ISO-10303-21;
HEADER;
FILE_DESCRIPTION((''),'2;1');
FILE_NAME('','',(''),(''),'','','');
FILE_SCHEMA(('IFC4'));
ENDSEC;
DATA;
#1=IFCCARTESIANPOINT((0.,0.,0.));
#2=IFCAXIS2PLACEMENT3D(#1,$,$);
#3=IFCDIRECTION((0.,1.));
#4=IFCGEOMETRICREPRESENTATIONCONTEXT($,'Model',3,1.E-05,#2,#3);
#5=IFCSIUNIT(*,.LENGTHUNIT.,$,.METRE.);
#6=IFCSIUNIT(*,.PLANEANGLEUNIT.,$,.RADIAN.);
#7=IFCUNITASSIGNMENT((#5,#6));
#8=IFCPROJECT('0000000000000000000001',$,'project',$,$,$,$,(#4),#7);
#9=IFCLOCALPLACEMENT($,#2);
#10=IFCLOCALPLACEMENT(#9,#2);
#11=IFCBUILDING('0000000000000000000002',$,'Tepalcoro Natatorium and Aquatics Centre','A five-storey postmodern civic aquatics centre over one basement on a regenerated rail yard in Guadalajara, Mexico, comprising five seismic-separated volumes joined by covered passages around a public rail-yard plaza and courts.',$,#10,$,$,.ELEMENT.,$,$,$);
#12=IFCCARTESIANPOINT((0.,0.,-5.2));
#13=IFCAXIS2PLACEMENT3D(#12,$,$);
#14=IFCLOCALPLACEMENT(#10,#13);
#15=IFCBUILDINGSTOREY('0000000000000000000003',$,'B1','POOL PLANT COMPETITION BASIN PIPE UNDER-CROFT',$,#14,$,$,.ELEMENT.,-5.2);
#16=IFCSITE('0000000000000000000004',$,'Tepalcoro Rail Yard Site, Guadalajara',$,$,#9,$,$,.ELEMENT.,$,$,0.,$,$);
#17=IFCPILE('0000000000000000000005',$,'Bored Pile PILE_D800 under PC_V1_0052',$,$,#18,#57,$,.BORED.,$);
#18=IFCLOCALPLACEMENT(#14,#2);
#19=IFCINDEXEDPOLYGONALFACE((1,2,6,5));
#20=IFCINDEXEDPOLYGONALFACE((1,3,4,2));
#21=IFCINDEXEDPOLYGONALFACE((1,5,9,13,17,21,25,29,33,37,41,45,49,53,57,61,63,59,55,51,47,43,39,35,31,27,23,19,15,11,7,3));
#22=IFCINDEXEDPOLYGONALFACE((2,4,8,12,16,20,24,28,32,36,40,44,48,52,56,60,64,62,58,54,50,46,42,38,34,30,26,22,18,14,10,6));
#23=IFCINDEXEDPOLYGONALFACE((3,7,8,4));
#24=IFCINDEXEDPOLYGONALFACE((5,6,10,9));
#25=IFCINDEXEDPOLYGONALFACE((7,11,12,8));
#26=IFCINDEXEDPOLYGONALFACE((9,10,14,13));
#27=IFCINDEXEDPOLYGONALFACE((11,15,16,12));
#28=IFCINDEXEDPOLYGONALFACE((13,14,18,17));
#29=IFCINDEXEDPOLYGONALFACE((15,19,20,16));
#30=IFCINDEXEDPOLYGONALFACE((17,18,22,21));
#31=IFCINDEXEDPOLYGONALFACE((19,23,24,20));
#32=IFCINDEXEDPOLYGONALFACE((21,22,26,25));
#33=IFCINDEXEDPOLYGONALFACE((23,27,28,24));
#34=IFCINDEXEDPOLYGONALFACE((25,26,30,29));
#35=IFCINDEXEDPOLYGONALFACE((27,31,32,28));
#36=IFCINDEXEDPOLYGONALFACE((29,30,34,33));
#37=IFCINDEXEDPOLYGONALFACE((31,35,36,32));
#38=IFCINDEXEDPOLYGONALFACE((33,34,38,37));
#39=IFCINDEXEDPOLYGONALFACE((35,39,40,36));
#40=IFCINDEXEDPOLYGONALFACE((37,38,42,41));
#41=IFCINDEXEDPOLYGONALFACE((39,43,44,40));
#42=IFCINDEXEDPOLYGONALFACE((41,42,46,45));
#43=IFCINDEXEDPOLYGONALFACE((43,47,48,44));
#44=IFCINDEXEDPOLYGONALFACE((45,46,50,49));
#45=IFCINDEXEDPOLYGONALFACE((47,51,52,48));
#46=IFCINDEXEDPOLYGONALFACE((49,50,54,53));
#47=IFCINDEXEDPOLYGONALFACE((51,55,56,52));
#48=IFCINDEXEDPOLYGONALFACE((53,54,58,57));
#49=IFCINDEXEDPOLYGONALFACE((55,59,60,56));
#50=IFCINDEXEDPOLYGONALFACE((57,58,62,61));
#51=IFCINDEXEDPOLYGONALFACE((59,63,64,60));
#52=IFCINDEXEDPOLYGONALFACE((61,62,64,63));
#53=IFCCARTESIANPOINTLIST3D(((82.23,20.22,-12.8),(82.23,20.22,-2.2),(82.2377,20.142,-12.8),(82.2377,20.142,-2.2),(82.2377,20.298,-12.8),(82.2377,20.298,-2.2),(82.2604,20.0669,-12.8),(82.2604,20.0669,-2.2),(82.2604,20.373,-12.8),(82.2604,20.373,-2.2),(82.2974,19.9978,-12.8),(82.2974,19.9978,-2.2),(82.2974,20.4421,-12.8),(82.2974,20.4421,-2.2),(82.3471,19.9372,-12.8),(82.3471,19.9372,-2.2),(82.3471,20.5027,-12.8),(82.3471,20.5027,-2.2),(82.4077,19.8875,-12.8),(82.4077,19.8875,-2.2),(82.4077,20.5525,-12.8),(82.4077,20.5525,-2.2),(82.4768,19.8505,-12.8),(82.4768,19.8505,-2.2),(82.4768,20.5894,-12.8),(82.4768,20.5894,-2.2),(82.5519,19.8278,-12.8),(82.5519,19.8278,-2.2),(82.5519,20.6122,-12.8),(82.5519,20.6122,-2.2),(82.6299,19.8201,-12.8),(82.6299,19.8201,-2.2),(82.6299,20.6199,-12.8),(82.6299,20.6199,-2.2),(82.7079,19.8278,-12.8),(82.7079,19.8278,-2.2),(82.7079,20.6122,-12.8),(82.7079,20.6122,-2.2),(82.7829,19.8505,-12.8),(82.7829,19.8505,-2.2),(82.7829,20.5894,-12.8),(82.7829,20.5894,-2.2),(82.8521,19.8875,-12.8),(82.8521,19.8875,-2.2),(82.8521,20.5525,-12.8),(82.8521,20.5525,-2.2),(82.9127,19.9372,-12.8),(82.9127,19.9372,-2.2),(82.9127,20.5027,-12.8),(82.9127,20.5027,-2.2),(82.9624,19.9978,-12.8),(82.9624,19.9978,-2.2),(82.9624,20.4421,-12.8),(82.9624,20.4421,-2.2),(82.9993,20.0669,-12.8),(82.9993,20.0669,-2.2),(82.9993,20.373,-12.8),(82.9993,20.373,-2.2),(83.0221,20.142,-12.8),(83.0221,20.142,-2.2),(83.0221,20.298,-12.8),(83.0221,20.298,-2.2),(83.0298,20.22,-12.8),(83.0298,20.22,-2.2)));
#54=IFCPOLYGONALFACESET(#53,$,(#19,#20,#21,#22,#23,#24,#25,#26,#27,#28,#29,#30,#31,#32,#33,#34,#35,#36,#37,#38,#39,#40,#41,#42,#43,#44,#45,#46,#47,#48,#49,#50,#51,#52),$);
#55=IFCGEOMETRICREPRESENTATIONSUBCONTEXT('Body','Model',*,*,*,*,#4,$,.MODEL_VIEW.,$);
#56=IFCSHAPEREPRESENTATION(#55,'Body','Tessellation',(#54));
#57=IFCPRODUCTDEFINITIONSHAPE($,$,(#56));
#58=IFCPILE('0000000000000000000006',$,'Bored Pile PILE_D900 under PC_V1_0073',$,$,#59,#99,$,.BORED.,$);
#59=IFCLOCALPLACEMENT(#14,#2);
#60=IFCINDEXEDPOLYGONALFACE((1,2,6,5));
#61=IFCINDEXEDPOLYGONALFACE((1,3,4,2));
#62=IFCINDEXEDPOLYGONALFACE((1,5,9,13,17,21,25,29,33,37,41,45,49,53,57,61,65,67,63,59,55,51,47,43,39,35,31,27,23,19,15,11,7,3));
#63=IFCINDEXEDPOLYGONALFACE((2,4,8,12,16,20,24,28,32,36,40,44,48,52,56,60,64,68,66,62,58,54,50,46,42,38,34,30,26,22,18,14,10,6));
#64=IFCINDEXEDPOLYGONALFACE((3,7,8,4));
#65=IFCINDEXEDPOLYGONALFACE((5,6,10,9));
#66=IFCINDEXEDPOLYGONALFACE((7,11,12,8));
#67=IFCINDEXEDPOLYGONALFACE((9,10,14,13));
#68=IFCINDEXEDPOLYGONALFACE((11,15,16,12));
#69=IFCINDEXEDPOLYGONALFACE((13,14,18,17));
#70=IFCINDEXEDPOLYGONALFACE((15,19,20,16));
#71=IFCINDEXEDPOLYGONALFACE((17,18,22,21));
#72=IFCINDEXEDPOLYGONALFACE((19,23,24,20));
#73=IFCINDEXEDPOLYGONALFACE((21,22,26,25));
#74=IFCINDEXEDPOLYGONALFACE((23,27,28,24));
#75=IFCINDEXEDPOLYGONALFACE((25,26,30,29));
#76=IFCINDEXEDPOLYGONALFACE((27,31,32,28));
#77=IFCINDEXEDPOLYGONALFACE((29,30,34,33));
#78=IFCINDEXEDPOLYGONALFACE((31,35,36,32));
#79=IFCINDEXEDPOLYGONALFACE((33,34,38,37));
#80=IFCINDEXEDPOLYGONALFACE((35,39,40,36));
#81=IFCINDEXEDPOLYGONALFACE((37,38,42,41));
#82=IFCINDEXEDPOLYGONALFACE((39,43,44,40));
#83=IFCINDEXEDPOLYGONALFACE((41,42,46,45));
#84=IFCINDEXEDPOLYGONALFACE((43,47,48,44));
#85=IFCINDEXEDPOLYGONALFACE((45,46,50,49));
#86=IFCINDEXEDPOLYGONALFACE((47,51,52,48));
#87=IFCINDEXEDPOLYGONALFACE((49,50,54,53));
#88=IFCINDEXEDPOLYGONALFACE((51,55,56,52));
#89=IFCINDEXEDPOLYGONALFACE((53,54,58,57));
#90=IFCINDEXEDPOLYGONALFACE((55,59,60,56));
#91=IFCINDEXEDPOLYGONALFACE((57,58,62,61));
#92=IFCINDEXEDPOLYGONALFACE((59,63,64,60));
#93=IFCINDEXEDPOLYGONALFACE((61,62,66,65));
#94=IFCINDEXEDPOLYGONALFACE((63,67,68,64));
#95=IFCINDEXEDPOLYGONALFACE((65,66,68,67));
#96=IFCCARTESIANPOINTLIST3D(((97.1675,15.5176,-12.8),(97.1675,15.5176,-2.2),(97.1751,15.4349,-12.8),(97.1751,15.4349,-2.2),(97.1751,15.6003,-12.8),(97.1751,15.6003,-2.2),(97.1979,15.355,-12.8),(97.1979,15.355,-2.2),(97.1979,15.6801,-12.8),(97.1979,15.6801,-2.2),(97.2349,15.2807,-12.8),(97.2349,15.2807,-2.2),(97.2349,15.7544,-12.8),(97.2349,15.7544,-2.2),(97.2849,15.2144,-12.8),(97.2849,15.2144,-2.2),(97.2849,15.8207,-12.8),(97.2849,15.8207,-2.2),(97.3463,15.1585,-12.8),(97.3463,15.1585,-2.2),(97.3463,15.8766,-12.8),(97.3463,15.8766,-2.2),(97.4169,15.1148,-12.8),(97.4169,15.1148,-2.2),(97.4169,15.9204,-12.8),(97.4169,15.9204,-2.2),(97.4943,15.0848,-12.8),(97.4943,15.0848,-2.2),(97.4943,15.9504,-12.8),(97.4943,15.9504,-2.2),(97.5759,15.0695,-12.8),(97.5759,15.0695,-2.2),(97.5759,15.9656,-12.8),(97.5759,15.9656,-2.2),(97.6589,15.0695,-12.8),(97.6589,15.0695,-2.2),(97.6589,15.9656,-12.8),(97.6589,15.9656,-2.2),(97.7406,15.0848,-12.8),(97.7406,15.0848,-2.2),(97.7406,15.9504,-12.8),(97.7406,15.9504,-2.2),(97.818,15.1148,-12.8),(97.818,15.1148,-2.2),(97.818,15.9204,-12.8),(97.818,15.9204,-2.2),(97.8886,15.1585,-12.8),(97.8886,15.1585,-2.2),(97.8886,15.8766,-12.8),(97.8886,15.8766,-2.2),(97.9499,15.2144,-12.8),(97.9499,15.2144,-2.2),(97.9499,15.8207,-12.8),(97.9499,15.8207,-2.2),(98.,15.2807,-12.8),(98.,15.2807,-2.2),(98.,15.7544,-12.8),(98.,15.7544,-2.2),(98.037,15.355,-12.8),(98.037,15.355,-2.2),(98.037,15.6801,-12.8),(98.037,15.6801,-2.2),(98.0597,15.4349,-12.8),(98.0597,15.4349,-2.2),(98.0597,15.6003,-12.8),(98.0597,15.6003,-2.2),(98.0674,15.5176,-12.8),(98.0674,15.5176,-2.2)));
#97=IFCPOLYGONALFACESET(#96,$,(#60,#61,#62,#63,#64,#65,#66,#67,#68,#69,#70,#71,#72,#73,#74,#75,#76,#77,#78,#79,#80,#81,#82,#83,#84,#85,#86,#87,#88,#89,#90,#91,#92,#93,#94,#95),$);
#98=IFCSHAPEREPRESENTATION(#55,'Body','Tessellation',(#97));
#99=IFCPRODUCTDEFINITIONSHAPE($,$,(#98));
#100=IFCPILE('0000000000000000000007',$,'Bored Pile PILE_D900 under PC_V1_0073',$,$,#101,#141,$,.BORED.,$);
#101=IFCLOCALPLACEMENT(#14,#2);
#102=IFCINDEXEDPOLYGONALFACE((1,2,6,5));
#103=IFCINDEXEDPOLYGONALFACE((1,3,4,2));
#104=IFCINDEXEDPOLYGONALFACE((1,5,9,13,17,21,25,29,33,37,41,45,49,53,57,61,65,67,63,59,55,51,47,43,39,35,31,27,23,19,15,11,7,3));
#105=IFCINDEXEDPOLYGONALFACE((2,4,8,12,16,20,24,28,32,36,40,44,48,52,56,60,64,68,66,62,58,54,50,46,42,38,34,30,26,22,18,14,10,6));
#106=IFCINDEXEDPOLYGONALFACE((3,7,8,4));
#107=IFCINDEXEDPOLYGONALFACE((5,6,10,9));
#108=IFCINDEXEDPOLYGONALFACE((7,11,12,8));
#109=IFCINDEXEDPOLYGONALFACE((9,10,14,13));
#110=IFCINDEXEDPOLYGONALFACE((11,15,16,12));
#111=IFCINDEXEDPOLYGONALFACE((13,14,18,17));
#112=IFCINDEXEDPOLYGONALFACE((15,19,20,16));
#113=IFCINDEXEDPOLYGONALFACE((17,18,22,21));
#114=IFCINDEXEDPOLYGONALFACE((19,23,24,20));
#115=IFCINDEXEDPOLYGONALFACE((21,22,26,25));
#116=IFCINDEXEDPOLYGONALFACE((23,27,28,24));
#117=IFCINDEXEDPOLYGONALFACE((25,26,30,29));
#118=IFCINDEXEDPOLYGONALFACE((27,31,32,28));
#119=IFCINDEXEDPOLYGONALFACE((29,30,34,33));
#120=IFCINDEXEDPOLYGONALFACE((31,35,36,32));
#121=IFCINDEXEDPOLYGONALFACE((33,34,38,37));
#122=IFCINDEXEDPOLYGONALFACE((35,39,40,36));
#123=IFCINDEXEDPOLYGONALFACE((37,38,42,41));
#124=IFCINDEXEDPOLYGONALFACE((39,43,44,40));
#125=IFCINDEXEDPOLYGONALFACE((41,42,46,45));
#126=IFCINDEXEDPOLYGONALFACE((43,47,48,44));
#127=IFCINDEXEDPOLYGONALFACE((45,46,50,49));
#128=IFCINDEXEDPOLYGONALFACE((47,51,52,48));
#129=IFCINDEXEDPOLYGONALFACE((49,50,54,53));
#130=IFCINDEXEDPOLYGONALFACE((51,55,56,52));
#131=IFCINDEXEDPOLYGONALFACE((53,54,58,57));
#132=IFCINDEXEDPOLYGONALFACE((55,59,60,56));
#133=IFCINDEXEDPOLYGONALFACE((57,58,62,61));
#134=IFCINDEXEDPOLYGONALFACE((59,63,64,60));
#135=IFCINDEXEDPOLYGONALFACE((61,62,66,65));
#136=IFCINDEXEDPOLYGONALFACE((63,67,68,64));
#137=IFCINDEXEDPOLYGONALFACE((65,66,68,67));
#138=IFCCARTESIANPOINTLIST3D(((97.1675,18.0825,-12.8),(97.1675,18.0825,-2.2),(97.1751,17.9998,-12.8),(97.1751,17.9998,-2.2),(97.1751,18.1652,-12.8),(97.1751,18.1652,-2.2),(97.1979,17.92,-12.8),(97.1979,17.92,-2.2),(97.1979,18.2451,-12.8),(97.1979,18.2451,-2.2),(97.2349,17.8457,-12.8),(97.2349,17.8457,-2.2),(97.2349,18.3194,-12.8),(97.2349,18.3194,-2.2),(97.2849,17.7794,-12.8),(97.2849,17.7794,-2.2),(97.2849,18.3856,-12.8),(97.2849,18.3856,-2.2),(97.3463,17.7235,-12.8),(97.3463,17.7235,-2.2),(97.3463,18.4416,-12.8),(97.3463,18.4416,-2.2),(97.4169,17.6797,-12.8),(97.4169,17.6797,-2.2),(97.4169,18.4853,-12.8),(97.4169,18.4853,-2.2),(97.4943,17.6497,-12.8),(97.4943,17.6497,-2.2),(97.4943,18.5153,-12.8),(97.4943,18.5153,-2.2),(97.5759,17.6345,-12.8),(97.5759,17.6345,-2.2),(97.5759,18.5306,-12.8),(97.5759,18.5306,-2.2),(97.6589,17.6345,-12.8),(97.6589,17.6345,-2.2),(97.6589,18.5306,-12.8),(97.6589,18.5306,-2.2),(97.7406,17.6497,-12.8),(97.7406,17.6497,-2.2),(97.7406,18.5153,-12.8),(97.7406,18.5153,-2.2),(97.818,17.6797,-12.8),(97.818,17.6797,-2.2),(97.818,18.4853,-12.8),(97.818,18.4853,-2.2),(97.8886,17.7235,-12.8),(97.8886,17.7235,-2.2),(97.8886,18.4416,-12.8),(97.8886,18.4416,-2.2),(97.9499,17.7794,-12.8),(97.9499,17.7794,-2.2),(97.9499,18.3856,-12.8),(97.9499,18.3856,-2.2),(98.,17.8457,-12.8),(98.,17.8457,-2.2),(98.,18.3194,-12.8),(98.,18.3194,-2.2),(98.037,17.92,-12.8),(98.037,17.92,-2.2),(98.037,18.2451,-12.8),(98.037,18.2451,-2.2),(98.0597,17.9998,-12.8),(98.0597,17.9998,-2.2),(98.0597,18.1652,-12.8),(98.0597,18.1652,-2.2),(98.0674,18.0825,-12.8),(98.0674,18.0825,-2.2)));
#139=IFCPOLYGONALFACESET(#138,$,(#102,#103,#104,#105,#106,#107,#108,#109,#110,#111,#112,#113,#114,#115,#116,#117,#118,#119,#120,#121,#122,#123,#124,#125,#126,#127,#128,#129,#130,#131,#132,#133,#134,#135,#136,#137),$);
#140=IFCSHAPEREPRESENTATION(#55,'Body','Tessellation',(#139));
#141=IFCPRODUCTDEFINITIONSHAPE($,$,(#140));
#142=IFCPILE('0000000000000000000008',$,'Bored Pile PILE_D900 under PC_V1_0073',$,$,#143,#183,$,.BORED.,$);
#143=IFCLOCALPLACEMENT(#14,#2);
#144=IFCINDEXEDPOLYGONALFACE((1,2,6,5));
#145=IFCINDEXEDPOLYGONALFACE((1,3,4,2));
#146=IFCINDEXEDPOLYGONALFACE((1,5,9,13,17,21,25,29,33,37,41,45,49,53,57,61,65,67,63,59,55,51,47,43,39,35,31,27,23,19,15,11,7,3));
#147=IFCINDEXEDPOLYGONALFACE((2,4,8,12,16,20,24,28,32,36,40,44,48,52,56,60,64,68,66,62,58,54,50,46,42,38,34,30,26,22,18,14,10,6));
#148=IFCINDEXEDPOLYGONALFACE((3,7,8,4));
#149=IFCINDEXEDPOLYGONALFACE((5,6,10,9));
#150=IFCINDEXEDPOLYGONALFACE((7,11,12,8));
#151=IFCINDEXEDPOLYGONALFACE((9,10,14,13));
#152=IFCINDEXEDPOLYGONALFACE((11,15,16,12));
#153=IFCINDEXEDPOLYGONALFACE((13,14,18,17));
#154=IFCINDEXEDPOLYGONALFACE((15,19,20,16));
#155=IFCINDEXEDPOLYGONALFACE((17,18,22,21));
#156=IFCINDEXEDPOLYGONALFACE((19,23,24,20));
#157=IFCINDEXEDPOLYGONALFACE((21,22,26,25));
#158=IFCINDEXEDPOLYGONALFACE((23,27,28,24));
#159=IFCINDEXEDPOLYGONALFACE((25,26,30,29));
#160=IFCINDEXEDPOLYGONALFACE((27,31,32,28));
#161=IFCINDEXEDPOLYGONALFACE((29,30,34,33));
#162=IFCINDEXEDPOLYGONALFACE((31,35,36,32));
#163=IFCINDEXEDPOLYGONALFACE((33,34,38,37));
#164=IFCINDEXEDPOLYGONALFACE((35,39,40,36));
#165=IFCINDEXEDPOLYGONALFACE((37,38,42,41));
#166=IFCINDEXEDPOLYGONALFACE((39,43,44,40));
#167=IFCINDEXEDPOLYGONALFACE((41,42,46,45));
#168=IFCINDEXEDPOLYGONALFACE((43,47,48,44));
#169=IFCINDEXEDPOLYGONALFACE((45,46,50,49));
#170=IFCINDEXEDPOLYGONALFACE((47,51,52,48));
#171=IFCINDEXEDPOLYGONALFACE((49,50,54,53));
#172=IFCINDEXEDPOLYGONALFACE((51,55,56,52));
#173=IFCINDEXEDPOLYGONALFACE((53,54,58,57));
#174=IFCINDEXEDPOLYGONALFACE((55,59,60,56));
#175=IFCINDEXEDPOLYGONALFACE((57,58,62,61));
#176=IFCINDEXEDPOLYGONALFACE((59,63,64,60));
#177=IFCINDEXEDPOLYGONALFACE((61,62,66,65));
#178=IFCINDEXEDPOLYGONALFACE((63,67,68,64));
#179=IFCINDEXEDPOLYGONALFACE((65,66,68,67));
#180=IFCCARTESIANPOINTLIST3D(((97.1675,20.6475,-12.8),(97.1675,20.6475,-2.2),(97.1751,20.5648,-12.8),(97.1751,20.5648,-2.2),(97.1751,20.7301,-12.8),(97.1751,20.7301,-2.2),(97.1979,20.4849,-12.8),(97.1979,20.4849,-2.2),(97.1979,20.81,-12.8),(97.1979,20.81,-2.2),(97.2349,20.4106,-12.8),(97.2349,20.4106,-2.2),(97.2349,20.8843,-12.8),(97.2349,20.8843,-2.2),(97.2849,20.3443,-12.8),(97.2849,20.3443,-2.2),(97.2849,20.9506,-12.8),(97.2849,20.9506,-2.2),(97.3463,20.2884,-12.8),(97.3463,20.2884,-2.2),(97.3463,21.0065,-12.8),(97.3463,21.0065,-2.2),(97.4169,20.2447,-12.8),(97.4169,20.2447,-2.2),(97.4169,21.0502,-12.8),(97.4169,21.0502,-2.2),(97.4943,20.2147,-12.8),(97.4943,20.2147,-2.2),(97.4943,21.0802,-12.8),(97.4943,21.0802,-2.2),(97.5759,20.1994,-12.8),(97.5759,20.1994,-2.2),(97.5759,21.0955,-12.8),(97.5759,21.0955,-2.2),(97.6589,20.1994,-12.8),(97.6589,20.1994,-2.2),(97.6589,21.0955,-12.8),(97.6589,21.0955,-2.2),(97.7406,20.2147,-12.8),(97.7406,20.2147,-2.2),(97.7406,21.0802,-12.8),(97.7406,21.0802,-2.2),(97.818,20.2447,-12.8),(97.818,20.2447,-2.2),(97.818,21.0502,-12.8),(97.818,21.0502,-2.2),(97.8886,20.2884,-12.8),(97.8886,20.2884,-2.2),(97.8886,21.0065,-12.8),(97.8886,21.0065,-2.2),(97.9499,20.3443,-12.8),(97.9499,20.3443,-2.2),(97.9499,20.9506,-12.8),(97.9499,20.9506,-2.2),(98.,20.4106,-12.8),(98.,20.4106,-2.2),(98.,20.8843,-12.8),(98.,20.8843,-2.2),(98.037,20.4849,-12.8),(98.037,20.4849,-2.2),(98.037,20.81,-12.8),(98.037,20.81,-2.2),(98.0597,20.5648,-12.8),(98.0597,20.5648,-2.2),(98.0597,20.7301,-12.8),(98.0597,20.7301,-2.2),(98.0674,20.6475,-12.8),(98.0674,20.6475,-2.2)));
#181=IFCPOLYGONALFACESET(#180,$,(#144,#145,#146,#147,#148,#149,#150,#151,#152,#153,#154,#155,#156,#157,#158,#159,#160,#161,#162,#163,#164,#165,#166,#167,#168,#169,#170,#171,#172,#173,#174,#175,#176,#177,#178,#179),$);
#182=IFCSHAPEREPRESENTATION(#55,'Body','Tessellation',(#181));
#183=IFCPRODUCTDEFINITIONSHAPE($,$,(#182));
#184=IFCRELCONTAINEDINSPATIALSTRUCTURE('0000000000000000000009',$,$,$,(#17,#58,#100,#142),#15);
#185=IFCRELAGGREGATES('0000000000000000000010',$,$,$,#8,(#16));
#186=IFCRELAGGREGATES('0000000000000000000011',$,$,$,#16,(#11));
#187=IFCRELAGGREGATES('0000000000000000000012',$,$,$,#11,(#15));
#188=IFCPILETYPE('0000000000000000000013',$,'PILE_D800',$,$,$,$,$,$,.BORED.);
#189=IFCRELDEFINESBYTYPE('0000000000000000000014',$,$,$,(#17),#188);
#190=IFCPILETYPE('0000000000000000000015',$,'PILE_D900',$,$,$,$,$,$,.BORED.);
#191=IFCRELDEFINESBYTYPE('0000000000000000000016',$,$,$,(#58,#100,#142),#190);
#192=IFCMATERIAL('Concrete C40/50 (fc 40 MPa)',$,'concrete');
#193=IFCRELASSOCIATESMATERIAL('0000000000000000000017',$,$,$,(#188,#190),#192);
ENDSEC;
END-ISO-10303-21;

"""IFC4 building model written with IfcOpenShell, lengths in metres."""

from ifc_helpers import new_model, si_unit, direction, frame, origin, origin_2d, place, context, subcontext, project, spatial, circle, extrude, material, material_profile, profile_set, type_object, element, save


model = new_model("IFC4")

# Units and contexts
model_context = context("Model", 3, precision=1e-05, world=origin(), true_north=direction((0.0, 1.0)))
body_context = subcontext(model_context, "Body", "Model", "MODEL_VIEW")
ifc_project = project(units=[si_unit("LENGTHUNIT", "METRE"), si_unit("PLANEANGLEUNIT", "RADIAN")], contexts=[model_context])

# Site, building, storey
site_placement = place(None, origin())
site = spatial("IfcSite", under=ifc_project, at=site_placement, Name="Tepalcoro Rail Yard Site, Guadalajara", CompositionType="ELEMENT", RefElevation=0.0)
building_placement = place(site_placement, origin())
building = spatial("IfcBuilding", under=site, at=building_placement, Name="Tepalcoro Natatorium and Aquatics Centre", Description="A five-storey postmodern civic aquatics centre over one basement on a regenerated rail yard in Guadalajara, Mexico, comprising five seismic-separated volumes joined by covered passages around a public rail-yard plaza and courts.", CompositionType="ELEMENT")
storey_placement = place(building_placement, frame((0.0, 0.0, -5.2)))
storey = spatial("IfcBuildingStorey", under=building, at=storey_placement, Name="B1", Description="POOL PLANT COMPETITION BASIN PIPE UNDER-CROFT", CompositionType="ELEMENT", Elevation=-5.2)

# Piles
ifc_material_1 = material(Name="Concrete C40/50 (fc 40 MPa)", Category="concrete")
ifc_material_profile_1 = material_profile(ifc_material_1, circle(Radius=0.3999, at=origin_2d()), Name="PILE_D800")
ifc_profile_set_1 = profile_set([ifc_material_profile_1], Name="Concrete C40/50 (fc 40 MPa)")
pile_type_1 = type_object("IfcPileType", Name="PILE_D800", PredefinedType="BORED", material=ifc_profile_set_1)
for number, where, z_axis, x_axis, name in (
    (1, (82.6299, 20.22, -2.2), (0.0, 0.0, -1.0), (1.0, 0.0, 0.0), "Bored Pile PILE_D800 under PC_V1_0052"),
):
    element("IfcPile", number, at=place(storey_placement, frame(where, z_axis=z_axis, x_axis=x_axis)), inside=storey, type_object=pile_type_1, Name=name, PredefinedType="BORED", context=body_context, shape_type="SweptSolid", body=[
        extrude(circle(Radius=0.3999, at=origin_2d()), origin(), (0.0, 0.0, 1.0), 10.6001),
    ])
ifc_material_profile_2 = material_profile(ifc_material_1, circle(Radius=0.45, at=origin_2d()), Name="PILE_D900")
ifc_profile_set_2 = profile_set([ifc_material_profile_2], Name="Concrete C40/50 (fc 40 MPa)")
pile_type_2 = type_object("IfcPileType", Name="PILE_D900", PredefinedType="BORED", material=ifc_profile_set_2)
for number, where, z_axis, x_axis, name in (
    (2, (97.6174, 15.5176, -2.2), (0.0, 0.0, -1.0), (1.0, 0.0, 0.0), "Bored Pile PILE_D900 under PC_V1_0073"),
    (3, (97.6174, 18.0825, -2.2), (0.0, 0.0, -1.0), (1.0, 0.0, 0.0), "Bored Pile PILE_D900 under PC_V1_0073"),
    (4, (97.6174, 20.6475, -2.2), (0.0, 0.0, -1.0), (1.0, 0.0, 0.0), "Bored Pile PILE_D900 under PC_V1_0073"),
):
    element("IfcPile", number, at=place(storey_placement, frame(where, z_axis=z_axis, x_axis=x_axis)), inside=storey, type_object=pile_type_2, Name=name, PredefinedType="BORED", context=body_context, shape_type="SweptSolid", body=[
        extrude(circle(Radius=0.45, at=origin_2d()), origin(), (0.0, 0.0, 1.0), 10.6001),
    ])

save(model, "model.ifc")
